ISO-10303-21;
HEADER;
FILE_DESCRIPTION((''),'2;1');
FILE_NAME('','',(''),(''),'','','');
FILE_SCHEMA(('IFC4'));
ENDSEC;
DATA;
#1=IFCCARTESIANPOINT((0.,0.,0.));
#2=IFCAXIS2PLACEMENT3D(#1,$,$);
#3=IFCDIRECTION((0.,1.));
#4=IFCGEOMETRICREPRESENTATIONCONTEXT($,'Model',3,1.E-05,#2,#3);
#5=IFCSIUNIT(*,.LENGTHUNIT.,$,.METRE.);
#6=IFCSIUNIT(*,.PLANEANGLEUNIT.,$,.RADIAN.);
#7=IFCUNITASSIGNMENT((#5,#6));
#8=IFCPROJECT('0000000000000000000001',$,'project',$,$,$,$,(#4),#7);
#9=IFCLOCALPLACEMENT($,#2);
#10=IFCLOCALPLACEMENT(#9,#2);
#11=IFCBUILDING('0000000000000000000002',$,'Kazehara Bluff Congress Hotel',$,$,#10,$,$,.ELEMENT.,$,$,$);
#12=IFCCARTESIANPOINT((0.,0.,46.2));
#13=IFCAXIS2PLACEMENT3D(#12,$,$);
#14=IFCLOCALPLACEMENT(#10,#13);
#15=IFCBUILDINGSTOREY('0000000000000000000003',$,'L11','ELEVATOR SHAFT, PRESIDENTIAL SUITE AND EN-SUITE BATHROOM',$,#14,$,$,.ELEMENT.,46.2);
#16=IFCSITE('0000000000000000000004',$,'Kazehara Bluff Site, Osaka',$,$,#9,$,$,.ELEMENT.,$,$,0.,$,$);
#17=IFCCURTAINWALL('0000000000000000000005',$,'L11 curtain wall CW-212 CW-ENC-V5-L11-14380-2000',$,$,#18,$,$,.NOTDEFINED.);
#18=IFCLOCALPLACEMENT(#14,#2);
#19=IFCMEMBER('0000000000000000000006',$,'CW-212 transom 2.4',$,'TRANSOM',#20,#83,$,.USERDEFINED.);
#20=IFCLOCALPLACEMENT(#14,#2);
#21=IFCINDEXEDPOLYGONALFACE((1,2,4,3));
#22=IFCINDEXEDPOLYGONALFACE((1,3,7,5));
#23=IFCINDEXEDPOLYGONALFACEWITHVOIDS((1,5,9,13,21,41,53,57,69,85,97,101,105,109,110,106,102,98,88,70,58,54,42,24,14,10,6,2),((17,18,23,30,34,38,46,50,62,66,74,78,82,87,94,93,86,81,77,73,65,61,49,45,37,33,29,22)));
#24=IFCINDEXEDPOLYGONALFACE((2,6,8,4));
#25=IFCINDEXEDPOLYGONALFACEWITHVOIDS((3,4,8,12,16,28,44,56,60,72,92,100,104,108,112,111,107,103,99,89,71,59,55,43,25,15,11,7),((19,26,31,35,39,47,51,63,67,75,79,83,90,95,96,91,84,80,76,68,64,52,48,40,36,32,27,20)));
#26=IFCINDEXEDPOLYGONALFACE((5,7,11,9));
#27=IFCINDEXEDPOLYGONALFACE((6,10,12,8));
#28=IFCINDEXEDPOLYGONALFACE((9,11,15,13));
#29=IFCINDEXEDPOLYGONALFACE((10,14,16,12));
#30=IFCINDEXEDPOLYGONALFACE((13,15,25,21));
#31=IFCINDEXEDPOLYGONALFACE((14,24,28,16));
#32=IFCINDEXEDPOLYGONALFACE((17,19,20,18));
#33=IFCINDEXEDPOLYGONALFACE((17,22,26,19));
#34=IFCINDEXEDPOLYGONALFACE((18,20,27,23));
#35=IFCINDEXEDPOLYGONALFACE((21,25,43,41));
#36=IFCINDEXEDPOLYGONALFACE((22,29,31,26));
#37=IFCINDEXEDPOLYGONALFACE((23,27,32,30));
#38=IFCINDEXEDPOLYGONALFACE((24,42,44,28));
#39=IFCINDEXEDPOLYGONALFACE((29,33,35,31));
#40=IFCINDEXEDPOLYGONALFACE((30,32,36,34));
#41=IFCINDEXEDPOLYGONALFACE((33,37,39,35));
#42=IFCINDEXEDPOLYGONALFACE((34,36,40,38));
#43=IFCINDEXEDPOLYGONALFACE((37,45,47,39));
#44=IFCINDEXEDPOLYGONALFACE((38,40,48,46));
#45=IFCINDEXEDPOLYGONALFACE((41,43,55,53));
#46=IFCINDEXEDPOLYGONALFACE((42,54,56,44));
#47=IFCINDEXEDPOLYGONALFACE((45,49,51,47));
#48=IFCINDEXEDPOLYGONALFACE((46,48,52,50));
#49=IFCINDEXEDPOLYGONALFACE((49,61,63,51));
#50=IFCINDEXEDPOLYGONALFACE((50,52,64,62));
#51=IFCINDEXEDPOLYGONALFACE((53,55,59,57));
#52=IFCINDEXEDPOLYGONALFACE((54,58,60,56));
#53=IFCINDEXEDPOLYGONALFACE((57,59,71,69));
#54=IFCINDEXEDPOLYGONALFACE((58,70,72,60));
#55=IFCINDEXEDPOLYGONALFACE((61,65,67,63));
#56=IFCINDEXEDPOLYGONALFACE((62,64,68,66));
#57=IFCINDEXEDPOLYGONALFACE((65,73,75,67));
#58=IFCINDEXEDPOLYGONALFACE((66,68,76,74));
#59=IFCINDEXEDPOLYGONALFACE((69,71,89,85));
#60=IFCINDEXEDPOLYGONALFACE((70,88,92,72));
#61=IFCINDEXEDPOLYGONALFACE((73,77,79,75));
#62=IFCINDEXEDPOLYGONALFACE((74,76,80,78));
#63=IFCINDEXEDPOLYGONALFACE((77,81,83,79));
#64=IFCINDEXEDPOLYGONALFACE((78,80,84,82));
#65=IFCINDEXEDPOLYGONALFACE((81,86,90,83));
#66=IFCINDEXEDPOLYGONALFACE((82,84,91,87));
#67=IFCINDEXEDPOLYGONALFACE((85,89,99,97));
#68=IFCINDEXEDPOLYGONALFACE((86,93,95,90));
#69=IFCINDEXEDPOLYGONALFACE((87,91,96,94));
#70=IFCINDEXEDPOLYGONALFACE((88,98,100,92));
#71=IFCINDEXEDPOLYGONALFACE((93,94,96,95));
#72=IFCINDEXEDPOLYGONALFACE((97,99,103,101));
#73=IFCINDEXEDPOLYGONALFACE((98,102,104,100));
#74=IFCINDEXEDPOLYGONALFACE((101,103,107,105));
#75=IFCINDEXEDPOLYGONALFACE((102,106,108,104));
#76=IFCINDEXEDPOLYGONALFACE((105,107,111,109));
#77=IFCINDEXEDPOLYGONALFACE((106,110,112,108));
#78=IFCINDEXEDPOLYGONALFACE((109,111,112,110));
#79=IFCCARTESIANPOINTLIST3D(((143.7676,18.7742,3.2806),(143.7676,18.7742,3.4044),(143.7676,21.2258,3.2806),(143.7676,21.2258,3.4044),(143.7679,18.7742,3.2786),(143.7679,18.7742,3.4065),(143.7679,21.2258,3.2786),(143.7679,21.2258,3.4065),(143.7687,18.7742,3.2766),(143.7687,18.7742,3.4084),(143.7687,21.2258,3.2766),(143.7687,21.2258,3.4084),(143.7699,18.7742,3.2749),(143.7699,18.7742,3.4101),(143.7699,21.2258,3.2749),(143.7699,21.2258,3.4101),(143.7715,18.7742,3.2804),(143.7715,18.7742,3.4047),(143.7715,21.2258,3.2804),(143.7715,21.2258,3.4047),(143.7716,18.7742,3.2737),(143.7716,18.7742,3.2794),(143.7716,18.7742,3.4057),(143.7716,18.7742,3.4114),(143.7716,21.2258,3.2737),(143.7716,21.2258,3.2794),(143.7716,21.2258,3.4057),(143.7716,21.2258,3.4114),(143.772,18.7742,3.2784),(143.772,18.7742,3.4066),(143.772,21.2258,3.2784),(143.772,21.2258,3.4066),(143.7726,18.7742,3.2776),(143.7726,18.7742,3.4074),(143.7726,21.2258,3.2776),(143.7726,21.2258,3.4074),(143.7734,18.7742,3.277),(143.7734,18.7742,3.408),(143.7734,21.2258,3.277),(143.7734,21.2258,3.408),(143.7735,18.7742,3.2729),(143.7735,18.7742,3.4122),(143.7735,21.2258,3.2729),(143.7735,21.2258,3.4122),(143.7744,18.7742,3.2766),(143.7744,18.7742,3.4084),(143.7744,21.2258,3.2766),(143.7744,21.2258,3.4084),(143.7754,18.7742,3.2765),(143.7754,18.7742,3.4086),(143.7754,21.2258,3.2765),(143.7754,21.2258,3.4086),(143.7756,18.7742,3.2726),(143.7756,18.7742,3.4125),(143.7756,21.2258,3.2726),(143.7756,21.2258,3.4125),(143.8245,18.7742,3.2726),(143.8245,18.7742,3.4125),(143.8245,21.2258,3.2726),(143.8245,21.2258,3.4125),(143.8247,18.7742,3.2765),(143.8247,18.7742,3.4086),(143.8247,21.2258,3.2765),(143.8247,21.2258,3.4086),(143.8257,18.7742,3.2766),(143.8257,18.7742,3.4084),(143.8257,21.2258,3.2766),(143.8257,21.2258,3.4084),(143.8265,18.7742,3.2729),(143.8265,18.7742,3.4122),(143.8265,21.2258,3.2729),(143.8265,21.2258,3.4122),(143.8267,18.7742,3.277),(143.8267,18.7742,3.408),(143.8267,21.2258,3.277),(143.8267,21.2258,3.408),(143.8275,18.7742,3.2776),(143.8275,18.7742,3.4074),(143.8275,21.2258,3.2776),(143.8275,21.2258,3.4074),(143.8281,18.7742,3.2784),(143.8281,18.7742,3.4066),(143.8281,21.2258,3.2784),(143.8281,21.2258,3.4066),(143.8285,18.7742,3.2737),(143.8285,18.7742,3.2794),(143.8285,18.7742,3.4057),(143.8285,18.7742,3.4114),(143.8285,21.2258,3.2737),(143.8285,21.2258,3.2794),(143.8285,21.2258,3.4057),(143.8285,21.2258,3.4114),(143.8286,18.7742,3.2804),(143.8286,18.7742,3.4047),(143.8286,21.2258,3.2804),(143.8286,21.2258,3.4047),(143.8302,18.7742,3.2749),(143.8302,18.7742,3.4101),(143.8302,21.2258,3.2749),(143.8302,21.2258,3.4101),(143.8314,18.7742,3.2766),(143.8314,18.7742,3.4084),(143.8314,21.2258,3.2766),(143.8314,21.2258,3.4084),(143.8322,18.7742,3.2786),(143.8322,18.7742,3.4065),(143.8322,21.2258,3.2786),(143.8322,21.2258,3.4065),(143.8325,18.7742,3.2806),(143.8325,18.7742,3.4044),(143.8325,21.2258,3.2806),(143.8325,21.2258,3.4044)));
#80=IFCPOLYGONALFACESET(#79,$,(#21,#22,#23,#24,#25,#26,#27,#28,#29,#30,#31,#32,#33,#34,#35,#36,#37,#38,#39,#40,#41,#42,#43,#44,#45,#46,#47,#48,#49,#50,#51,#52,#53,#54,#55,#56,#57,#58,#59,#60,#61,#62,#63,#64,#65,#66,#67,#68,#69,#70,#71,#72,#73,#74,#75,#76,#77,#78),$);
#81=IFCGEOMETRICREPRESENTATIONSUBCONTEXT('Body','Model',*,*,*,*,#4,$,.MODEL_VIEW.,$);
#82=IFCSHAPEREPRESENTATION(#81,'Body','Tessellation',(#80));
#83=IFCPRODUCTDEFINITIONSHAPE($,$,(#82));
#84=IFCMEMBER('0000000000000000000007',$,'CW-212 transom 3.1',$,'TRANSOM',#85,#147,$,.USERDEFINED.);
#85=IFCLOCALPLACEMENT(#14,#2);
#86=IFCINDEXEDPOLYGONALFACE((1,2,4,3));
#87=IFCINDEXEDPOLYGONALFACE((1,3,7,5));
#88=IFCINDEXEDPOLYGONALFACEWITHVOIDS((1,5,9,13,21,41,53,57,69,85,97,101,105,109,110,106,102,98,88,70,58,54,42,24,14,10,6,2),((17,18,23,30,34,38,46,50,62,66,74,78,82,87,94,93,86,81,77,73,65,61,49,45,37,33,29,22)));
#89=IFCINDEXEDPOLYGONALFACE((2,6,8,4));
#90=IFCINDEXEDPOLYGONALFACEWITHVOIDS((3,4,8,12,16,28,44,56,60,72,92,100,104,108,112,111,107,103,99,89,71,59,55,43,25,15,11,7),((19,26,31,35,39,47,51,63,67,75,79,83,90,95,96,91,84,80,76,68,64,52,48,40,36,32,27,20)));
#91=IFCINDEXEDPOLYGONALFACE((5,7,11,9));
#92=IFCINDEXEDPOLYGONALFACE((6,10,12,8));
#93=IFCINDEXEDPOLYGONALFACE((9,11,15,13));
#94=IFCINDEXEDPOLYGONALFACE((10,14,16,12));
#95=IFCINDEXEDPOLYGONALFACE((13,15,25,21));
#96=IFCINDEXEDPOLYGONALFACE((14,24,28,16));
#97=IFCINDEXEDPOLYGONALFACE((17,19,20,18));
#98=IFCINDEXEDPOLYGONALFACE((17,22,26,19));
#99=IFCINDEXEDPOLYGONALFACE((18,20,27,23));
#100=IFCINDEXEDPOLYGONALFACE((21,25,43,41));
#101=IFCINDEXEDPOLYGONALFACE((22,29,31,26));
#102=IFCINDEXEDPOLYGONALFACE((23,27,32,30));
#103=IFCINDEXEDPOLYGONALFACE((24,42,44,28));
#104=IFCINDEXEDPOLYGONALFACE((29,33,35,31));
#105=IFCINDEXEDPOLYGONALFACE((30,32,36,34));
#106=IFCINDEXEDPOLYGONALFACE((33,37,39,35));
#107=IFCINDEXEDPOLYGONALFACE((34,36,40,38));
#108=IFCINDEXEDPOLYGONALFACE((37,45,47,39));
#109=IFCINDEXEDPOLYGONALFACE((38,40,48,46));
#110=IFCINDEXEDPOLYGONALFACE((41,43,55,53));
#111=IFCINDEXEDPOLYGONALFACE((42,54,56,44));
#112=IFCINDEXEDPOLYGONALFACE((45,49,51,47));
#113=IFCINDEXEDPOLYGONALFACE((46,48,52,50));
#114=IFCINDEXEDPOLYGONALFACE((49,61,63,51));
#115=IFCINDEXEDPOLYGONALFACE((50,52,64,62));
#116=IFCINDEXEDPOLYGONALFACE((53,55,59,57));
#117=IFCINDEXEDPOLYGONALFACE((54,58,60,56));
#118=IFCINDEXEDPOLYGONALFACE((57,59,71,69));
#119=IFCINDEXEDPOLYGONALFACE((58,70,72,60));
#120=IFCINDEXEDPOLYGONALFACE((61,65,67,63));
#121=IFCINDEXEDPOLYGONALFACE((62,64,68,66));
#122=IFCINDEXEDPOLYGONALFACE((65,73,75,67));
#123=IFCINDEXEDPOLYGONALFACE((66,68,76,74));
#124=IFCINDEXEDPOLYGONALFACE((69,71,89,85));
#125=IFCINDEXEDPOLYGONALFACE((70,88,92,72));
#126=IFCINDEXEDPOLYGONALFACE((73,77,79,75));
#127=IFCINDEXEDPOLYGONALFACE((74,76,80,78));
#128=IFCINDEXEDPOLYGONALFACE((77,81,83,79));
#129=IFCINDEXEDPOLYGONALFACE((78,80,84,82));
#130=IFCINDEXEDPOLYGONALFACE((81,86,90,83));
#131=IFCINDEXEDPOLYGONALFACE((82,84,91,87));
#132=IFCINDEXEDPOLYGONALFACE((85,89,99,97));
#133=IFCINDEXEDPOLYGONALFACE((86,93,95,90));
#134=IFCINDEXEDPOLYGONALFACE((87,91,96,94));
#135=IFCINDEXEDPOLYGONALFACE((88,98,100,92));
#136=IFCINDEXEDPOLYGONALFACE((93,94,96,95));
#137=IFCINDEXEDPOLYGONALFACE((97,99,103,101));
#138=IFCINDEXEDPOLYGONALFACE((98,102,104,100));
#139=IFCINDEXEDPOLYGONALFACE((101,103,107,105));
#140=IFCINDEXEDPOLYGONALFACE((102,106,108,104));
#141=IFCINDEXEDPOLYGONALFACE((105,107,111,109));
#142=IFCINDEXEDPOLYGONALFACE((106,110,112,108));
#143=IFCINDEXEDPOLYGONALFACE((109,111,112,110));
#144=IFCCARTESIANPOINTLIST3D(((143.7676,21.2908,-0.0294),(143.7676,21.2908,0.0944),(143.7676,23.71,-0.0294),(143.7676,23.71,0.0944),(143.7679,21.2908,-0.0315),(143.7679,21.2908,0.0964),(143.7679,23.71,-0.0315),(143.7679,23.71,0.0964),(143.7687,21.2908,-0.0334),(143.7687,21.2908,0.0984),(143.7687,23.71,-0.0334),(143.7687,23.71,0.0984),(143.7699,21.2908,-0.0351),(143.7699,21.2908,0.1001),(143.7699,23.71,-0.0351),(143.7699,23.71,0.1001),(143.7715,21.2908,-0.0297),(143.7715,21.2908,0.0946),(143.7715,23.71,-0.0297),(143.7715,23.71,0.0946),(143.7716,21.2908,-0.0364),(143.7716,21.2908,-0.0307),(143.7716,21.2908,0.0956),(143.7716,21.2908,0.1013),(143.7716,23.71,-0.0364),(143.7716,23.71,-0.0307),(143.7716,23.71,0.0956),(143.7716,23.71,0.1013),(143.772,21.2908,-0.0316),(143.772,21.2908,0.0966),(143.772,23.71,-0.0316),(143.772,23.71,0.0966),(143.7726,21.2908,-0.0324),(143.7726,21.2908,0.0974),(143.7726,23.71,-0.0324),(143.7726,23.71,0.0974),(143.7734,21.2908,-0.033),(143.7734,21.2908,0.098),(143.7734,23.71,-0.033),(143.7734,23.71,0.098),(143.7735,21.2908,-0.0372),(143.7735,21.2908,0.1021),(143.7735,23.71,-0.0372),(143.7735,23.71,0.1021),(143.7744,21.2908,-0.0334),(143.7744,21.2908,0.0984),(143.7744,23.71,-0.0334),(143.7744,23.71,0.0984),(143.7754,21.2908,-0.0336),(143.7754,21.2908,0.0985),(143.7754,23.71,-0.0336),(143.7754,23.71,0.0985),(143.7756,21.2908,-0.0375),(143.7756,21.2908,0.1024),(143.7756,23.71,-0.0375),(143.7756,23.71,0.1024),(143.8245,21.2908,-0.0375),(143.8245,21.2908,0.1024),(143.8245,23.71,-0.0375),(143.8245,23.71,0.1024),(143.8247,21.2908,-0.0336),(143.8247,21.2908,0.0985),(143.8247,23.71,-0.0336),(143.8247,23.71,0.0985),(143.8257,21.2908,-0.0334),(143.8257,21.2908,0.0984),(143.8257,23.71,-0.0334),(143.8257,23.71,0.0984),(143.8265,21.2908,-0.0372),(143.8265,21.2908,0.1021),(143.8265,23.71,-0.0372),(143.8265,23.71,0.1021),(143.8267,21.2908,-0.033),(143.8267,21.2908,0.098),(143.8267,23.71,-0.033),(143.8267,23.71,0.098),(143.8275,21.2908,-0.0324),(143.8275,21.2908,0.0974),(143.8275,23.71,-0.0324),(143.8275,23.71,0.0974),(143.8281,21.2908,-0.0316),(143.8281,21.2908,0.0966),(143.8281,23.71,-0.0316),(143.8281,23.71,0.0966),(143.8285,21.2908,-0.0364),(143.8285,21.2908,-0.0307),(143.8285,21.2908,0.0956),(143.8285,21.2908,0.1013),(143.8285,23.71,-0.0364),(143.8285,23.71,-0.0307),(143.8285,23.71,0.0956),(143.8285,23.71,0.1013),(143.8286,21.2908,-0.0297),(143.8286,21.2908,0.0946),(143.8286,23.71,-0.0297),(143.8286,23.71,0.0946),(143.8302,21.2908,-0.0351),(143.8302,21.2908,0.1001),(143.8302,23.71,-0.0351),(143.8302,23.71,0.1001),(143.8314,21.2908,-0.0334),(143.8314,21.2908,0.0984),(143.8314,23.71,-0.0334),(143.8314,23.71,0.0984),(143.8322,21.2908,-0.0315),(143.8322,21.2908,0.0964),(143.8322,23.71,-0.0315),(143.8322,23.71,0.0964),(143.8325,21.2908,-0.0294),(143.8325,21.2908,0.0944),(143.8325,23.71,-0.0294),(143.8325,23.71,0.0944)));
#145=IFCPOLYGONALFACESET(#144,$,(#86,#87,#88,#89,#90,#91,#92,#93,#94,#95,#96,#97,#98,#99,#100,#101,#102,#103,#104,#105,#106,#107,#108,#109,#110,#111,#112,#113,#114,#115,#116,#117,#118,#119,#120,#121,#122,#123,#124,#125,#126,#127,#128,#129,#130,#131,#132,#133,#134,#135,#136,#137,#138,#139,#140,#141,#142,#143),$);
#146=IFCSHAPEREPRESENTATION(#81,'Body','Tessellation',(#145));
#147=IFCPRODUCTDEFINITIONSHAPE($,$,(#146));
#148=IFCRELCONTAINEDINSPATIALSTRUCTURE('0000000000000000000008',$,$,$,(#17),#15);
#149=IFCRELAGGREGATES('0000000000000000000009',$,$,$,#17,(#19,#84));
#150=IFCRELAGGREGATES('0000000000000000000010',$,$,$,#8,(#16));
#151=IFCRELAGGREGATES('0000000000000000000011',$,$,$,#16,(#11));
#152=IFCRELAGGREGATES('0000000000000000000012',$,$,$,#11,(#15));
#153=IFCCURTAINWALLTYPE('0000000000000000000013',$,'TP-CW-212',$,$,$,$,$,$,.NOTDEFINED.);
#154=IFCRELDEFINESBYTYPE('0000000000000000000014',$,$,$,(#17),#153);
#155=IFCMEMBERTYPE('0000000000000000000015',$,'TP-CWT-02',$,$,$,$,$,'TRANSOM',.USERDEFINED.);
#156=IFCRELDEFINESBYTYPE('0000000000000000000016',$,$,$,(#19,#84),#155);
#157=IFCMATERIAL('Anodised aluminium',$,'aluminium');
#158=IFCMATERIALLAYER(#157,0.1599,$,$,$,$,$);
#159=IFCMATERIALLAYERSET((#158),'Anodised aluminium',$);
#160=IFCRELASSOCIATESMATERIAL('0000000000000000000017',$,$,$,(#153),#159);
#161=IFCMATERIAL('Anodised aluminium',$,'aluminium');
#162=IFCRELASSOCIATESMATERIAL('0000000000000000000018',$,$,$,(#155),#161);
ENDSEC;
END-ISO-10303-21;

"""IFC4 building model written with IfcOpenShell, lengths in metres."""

from ifc_helpers import new_model, si_unit, direction, frame, origin, origin_2d, place, context, subcontext, project, spatial, hollow_rectangle, extrude, material, layer, layer_set, material_profile, profile_set, type_object, element, aggregate, save


model = new_model("IFC4")

# Units and contexts
model_context = context("Model", 3, precision=1e-05, world=origin(), true_north=direction((0.0, 1.0)))
body_context = subcontext(model_context, "Body", "Model", "MODEL_VIEW")
ifc_project = project(units=[si_unit("LENGTHUNIT", "METRE"), si_unit("PLANEANGLEUNIT", "RADIAN")], contexts=[model_context])

# Site, building, storey
site_placement = place(None, origin())
site = spatial("IfcSite", under=ifc_project, at=site_placement, Name="Kazehara Bluff Site, Osaka", CompositionType="ELEMENT", RefElevation=0.0)
building_placement = place(site_placement, origin())
building = spatial("IfcBuilding", under=site, at=building_placement, Name="Kazehara Bluff Congress Hotel", CompositionType="ELEMENT")
storey_placement = place(building_placement, frame((0.0, 0.0, 46.2)))
storey = spatial("IfcBuildingStorey", under=building, at=storey_placement, Name="L11", Description="ELEVATOR SHAFT, PRESIDENTIAL SUITE AND EN-SUITE BATHROOM", CompositionType="ELEMENT", Elevation=46.2)

# Shared definitions
ifc_material_1 = material(Name="Anodised aluminium", Category="aluminium")
ifc_layer_1 = layer(ifc_material_1, 0.1599)
ifc_layer_set_1 = layer_set([ifc_layer_1], Name="Anodised aluminium")
curtain_wall_type = type_object("IfcCurtainWallType", Name="TP-CW-212", PredefinedType="NOTDEFINED", material=ifc_layer_set_1)

# Curtain wall, members
curtain_wall_1_placement = place(storey_placement, origin())
curtain_wall_1 = element("IfcCurtainWall", 1, at=curtain_wall_1_placement, inside=storey, type_object=curtain_wall_type, Name="L11 curtain wall CW-212 CW-ENC-V5-L11-14380-2000", PredefinedType="NOTDEFINED")
ifc_material_2 = material(Name="Anodised aluminium", Category="aluminium")
ifc_material_profile_1 = material_profile(ifc_material_2, hollow_rectangle(XDim=0.0649, YDim=0.1399, WallThickness=0.0039, InnerFilletRadius=0.0039, OuterFilletRadius=0.0081, at=origin_2d()))
ifc_profile_set_1 = profile_set([ifc_material_profile_1], Name="Anodised aluminium")
member_type_1 = type_object("IfcMemberType", Name="TP-CWT-02", ElementType="TRANSOM", PredefinedType="USERDEFINED", material=ifc_profile_set_1)
member_1_placement = place(storey_placement, frame((143.8, 18.7742, 3.3425), z_axis=(0.0, 1.0, 0.0), x_axis=(-1.0, 0.0, 0.0)))
member_1 = element("IfcMember", 2, at=member_1_placement, type_object=member_type_1, Name="CW-212 transom 2.4", ObjectType="TRANSOM", PredefinedType="USERDEFINED", context=body_context, shape_type="SweptSolid", body=[
    extrude(hollow_rectangle(XDim=0.0649, YDim=0.1399, WallThickness=0.0039, InnerFilletRadius=0.0039, OuterFilletRadius=0.0081, at=origin_2d()), origin(), (0.0, 0.0, 1.0), 2.4517),
])
member_2_placement = place(storey_placement, frame((143.8, 21.2908, 0.0325), z_axis=(0.0, 1.0, 0.0), x_axis=(-1.0, 0.0, 0.0)))
member_2 = element("IfcMember", 3, at=member_2_placement, type_object=member_type_1, Name="CW-212 transom 3.1", ObjectType="TRANSOM", PredefinedType="USERDEFINED", context=body_context, shape_type="SweptSolid", body=[
    extrude(hollow_rectangle(XDim=0.0649, YDim=0.1399, WallThickness=0.0039, InnerFilletRadius=0.0039, OuterFilletRadius=0.0081, at=origin_2d()), origin(), (0.0, 0.0, 1.0), 2.4192),
])

aggregate(curtain_wall_1, [member_1, member_2])

save(model, "model.ifc")
